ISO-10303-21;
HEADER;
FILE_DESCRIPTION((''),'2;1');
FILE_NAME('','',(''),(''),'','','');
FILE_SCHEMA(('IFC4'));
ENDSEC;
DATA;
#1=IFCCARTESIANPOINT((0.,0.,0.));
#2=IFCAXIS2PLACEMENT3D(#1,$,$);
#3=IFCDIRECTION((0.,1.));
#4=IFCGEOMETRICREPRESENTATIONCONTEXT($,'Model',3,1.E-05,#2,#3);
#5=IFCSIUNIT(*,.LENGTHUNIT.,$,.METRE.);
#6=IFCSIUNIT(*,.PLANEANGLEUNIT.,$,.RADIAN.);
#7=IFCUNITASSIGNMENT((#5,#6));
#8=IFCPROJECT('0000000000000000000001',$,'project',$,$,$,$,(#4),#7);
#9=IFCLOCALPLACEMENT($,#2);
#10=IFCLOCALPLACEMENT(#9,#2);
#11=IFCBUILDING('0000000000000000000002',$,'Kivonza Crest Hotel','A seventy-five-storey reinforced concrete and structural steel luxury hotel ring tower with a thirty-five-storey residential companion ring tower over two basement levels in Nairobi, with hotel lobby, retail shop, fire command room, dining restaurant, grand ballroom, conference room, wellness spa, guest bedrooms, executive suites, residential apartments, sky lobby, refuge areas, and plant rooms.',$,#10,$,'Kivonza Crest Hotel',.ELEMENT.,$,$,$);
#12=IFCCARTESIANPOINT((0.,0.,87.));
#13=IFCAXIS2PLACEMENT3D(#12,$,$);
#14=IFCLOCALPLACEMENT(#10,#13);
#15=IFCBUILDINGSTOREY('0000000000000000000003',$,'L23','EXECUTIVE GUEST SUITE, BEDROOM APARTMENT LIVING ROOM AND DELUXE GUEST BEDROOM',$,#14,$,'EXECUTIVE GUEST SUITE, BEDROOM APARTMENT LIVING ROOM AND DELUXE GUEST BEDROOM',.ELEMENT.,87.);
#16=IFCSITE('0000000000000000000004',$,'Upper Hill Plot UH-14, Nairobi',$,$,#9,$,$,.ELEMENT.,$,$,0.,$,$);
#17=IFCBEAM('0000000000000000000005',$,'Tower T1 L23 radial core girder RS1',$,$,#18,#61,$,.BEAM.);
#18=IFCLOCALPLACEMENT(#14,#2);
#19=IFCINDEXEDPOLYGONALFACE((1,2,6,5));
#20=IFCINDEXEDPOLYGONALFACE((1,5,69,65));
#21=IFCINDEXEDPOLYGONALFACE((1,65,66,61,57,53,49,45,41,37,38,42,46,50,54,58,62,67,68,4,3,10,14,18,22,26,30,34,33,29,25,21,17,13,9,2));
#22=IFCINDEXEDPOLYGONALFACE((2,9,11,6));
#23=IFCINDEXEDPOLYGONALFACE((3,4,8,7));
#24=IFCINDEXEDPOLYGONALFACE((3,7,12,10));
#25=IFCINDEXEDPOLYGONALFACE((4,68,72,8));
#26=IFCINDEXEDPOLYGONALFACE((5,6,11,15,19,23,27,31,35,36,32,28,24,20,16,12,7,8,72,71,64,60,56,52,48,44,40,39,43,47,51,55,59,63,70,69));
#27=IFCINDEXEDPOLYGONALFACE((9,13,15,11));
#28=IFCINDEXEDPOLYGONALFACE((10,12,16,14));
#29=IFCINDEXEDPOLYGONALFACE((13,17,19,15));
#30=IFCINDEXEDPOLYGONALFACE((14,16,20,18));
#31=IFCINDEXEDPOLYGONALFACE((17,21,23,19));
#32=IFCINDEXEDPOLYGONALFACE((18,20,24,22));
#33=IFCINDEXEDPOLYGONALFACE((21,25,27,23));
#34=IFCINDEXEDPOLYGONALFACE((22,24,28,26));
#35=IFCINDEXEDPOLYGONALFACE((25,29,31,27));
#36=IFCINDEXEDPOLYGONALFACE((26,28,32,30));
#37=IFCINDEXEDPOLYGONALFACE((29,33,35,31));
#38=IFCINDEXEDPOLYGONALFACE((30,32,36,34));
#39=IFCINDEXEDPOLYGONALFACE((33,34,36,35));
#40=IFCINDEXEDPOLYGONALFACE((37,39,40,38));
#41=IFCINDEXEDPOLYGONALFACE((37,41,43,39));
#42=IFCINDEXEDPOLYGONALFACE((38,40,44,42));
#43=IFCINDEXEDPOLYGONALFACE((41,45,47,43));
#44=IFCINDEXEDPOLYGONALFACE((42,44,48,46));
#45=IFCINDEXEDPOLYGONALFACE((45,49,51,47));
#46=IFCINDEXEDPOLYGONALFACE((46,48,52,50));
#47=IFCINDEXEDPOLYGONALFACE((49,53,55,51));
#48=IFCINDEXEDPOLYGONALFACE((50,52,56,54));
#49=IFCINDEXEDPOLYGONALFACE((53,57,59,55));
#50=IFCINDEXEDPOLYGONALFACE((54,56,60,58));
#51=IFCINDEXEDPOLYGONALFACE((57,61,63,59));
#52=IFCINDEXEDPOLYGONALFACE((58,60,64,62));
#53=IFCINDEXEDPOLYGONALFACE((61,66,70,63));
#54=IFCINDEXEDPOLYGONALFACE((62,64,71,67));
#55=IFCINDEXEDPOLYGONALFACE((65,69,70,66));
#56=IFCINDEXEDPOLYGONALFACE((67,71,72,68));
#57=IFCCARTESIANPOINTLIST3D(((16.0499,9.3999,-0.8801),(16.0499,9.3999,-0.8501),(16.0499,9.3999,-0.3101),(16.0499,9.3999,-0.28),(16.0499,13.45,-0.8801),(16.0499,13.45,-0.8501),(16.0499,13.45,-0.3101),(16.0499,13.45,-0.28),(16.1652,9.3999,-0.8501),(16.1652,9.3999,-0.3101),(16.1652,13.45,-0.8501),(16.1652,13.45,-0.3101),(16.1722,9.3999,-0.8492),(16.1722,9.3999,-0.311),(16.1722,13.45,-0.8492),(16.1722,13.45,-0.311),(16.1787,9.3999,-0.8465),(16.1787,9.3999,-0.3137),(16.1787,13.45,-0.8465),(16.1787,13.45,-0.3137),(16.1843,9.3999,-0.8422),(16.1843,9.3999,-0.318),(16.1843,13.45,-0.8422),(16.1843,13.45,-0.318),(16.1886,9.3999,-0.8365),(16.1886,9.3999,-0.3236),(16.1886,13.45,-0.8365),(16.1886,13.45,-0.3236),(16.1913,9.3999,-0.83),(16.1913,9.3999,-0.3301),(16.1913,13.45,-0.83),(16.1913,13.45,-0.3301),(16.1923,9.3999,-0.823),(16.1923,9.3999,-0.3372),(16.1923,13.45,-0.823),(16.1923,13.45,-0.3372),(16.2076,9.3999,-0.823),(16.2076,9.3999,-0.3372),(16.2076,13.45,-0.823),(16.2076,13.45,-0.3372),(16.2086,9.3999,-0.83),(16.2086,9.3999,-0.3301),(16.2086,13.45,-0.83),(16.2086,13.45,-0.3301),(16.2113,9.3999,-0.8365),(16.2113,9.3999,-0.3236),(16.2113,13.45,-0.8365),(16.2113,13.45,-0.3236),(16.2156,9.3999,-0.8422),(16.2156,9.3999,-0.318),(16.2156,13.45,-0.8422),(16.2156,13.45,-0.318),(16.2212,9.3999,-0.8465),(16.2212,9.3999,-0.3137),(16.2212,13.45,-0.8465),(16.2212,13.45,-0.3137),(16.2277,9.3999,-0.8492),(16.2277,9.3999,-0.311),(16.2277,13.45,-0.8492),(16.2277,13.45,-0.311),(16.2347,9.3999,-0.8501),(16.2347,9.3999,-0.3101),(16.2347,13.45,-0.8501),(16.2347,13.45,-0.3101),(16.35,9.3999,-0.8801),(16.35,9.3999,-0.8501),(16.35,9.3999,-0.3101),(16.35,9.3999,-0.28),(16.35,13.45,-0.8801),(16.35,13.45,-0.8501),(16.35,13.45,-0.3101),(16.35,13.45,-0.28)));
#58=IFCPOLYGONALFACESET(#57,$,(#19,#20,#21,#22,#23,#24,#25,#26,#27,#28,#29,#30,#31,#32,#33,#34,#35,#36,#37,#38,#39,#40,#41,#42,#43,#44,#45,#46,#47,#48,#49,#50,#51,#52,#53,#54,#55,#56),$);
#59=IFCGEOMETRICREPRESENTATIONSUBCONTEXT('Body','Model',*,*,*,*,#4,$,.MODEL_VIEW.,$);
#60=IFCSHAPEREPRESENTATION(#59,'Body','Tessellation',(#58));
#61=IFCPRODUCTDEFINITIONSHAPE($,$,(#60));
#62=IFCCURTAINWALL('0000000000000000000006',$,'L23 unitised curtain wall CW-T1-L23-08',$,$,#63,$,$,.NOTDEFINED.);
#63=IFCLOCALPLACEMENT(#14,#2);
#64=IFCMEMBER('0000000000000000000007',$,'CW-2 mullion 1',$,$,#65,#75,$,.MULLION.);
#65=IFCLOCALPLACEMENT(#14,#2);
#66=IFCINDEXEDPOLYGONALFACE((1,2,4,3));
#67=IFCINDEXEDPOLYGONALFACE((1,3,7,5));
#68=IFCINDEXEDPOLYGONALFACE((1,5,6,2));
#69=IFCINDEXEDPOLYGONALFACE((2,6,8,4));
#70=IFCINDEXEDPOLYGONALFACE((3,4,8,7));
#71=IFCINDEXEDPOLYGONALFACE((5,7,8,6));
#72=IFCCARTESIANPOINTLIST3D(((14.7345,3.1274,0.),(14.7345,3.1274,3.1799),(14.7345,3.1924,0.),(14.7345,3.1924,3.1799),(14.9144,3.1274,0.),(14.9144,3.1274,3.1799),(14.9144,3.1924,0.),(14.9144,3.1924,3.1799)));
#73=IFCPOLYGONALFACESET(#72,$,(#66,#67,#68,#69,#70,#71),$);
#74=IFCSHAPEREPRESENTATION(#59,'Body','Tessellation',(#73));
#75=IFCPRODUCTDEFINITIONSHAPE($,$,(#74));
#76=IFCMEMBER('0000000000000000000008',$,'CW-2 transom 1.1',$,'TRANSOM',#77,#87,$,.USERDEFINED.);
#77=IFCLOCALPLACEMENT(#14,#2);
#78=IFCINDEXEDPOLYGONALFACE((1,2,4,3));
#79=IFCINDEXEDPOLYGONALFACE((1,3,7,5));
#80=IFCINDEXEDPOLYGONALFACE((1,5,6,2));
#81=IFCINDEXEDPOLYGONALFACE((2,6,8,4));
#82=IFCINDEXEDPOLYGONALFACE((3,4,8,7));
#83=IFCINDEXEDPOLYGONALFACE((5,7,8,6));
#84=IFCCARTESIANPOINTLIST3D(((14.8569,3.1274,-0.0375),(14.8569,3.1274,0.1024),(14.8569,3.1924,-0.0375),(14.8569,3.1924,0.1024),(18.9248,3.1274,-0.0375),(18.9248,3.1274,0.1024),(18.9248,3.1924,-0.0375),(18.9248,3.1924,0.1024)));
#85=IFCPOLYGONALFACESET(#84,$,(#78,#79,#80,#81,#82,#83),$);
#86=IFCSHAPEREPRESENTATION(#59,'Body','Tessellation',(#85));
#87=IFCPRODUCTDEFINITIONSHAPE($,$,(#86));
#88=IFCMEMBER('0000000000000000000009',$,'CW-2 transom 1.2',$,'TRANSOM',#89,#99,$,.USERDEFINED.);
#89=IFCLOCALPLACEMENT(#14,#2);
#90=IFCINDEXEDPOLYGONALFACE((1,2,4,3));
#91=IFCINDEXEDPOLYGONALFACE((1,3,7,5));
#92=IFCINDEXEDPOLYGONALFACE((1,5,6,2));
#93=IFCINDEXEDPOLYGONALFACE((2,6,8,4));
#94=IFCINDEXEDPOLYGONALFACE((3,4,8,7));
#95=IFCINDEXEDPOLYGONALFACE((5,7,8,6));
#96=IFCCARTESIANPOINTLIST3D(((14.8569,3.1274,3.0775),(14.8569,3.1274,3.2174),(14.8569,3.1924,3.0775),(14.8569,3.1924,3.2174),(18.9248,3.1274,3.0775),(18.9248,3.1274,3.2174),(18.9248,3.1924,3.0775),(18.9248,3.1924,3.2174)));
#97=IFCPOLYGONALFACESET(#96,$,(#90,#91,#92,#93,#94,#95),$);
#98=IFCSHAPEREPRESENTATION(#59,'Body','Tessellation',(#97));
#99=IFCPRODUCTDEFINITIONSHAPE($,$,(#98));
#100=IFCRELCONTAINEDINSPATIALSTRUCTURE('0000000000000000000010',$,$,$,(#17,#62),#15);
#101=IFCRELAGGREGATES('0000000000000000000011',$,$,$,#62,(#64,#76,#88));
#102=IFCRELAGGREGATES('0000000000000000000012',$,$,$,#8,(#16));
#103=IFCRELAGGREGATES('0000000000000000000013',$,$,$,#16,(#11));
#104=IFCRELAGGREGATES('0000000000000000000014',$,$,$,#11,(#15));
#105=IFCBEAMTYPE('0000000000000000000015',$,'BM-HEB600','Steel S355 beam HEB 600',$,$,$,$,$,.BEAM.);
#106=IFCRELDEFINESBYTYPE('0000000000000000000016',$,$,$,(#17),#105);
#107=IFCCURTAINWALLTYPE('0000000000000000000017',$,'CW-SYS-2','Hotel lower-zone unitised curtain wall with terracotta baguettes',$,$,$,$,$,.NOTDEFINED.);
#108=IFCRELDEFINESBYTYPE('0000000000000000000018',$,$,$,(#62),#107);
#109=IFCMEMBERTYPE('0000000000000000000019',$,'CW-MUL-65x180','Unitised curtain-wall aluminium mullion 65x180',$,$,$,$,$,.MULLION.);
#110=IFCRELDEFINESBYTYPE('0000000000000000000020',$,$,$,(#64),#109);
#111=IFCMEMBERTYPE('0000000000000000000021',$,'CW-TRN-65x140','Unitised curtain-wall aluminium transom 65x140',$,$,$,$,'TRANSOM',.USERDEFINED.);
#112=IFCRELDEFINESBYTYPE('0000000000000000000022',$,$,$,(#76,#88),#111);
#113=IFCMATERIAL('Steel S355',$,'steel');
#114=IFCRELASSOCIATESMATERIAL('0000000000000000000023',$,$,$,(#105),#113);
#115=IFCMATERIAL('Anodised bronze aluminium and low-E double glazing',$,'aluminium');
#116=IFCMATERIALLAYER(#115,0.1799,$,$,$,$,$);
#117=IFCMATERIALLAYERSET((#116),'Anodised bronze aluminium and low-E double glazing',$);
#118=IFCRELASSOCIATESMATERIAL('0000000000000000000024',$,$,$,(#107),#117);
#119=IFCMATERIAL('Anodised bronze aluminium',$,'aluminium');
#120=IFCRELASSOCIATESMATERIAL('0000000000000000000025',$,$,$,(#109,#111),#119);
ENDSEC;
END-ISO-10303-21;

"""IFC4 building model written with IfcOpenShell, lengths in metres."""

from ifc_helpers import new_model, si_unit, direction, frame, origin, origin_2d, place, context, subcontext, project, spatial, rectangle, i_section, extrude, material, layer, layer_set, material_profile, profile_set, type_object, element, aggregate, save


model = new_model("IFC4")

# Units and contexts
model_context = context("Model", 3, precision=1e-05, world=origin(), true_north=direction((0.0, 1.0)))
body_context = subcontext(model_context, "Body", "Model", "MODEL_VIEW")
ifc_project = project(units=[si_unit("LENGTHUNIT", "METRE"), si_unit("PLANEANGLEUNIT", "RADIAN")], contexts=[model_context])

# Site, building, storey
site_placement = place(None, origin())
site = spatial("IfcSite", under=ifc_project, at=site_placement, Name="Upper Hill Plot UH-14, Nairobi", CompositionType="ELEMENT", RefElevation=0.0)
building_placement = place(site_placement, origin())
building = spatial("IfcBuilding", under=site, at=building_placement, Name="Kivonza Crest Hotel", Description="A seventy-five-storey reinforced concrete and structural steel luxury hotel ring tower with a thirty-five-storey residential companion ring tower over two basement levels in Nairobi, with hotel lobby, retail shop, fire command room, dining restaurant, grand ballroom, conference room, wellness spa, guest bedrooms, executive suites, residential apartments, sky lobby, refuge areas, and plant rooms.", LongName="Kivonza Crest Hotel", CompositionType="ELEMENT")
storey_placement = place(building_placement, frame((0.0, 0.0, 87.0)))
storey = spatial("IfcBuildingStorey", under=building, at=storey_placement, Name="L23", Description="EXECUTIVE GUEST SUITE, BEDROOM APARTMENT LIVING ROOM AND DELUXE GUEST BEDROOM", LongName="EXECUTIVE GUEST SUITE, BEDROOM APARTMENT LIVING ROOM AND DELUXE GUEST BEDROOM", CompositionType="ELEMENT", Elevation=87.0)

# Beam
ifc_material_1 = material(Name="Steel S355", Category="steel")
ifc_material_profile_1 = material_profile(ifc_material_1, i_section(OverallWidth=0.3, OverallDepth=0.6001, WebThickness=0.0154, FlangeThickness=0.03, FilletRadius=0.0271, at=origin_2d()), Name="HEB 600")
ifc_profile_set_1 = profile_set([ifc_material_profile_1], Name="Steel S355")
beam_type_1 = type_object("IfcBeamType", Name="BM-HEB600", Description="Steel S355 beam HEB 600", PredefinedType="BEAM", material=ifc_profile_set_1)
beam_1_placement = place(storey_placement, frame((16.2, 9.3999, -0.5801), z_axis=(0.0, 1.0, 0.0), x_axis=(-1.0, 0.0, 0.0)))
element("IfcBeam", 1, at=beam_1_placement, inside=storey, type_object=beam_type_1, Name="Tower T1 L23 radial core girder RS1", PredefinedType="BEAM", context=body_context, shape_type="SweptSolid", body=[
    extrude(i_section(OverallWidth=0.3, OverallDepth=0.6001, WebThickness=0.0154, FlangeThickness=0.03, FilletRadius=0.0271, at=origin_2d()), origin(), (0.0, 0.0, 1.0), 4.05),
])

# Curtain wall, members
ifc_material_2 = material(Name="Anodised bronze aluminium and low-E double glazing", Category="aluminium")
ifc_layer_1 = layer(ifc_material_2, 0.1799)
ifc_layer_set_1 = layer_set([ifc_layer_1], Name="Anodised bronze aluminium and low-E double glazing")
curtain_wall_type = type_object("IfcCurtainWallType", Name="CW-SYS-2", Description="Hotel lower-zone unitised curtain wall with terracotta baguettes", PredefinedType="NOTDEFINED", material=ifc_layer_set_1)
curtain_wall_placement = place(storey_placement, origin())
curtain_wall = element("IfcCurtainWall", 2, at=curtain_wall_placement, inside=storey, type_object=curtain_wall_type, Name="L23 unitised curtain wall CW-T1-L23-08", PredefinedType="NOTDEFINED")
ifc_material_3 = material(Name="Anodised bronze aluminium", Category="aluminium")
ifc_material_profile_2 = material_profile(ifc_material_3, rectangle(XDim=0.0649, YDim=0.1799, at=origin_2d()), Name="CW-M 65x180")
ifc_profile_set_2 = profile_set([ifc_material_profile_2], Name="Anodised bronze aluminium")
member_type_1 = type_object("IfcMemberType", Name="CW-MUL-65x180", Description="Unitised curtain-wall aluminium mullion 65x180", PredefinedType="MULLION", material=ifc_profile_set_2)
member_1_placement = place(storey_placement, frame((14.8245, 3.1599, 0.0), z_axis=(0.0, 0.0, 1.0), x_axis=(0.0, 1.0, 0.0)))
member_1 = element("IfcMember", 3, at=member_1_placement, type_object=member_type_1, Name="CW-2 mullion 1", PredefinedType="MULLION", context=body_context, shape_type="SweptSolid", body=[
    extrude(rectangle(XDim=0.0649, YDim=0.1799, at=origin_2d()), origin(), (0.0, 0.0, 1.0), 3.1799),
])
ifc_material_profile_3 = material_profile(ifc_material_3, rectangle(XDim=0.0649, YDim=0.1399, at=origin_2d()), Name="CW-T 65x140")
ifc_profile_set_3 = profile_set([ifc_material_profile_3], Name="Anodised bronze aluminium")
member_type_2 = type_object("IfcMemberType", Name="CW-TRN-65x140", Description="Unitised curtain-wall aluminium transom 65x140", ElementType="TRANSOM", PredefinedType="USERDEFINED", material=ifc_profile_set_3)
member_2_placement = place(storey_placement, frame((14.8569, 3.1599, 0.0325), z_axis=(1.0, 0.0, 0.0), x_axis=(0.0, 1.0, 0.0)))
member_2 = element("IfcMember", 4, at=member_2_placement, type_object=member_type_2, Name="CW-2 transom 1.1", ObjectType="TRANSOM", PredefinedType="USERDEFINED", context=body_context, shape_type="SweptSolid", body=[
    extrude(rectangle(XDim=0.0649, YDim=0.1399, at=origin_2d()), origin(), (0.0, 0.0, 1.0), 4.0679),
])
member_3_placement = place(storey_placement, frame((14.8569, 3.1599, 3.1475), z_axis=(1.0, 0.0, 0.0), x_axis=(0.0, 1.0, 0.0)))
member_3 = element("IfcMember", 5, at=member_3_placement, type_object=member_type_2, Name="CW-2 transom 1.2", ObjectType="TRANSOM", PredefinedType="USERDEFINED", context=body_context, shape_type="SweptSolid", body=[
    extrude(rectangle(XDim=0.0649, YDim=0.1399, at=origin_2d()), origin(), (0.0, 0.0, 1.0), 4.0679),
])
aggregate(curtain_wall, [member_1, member_2, member_3])

save(model, "model.ifc")
